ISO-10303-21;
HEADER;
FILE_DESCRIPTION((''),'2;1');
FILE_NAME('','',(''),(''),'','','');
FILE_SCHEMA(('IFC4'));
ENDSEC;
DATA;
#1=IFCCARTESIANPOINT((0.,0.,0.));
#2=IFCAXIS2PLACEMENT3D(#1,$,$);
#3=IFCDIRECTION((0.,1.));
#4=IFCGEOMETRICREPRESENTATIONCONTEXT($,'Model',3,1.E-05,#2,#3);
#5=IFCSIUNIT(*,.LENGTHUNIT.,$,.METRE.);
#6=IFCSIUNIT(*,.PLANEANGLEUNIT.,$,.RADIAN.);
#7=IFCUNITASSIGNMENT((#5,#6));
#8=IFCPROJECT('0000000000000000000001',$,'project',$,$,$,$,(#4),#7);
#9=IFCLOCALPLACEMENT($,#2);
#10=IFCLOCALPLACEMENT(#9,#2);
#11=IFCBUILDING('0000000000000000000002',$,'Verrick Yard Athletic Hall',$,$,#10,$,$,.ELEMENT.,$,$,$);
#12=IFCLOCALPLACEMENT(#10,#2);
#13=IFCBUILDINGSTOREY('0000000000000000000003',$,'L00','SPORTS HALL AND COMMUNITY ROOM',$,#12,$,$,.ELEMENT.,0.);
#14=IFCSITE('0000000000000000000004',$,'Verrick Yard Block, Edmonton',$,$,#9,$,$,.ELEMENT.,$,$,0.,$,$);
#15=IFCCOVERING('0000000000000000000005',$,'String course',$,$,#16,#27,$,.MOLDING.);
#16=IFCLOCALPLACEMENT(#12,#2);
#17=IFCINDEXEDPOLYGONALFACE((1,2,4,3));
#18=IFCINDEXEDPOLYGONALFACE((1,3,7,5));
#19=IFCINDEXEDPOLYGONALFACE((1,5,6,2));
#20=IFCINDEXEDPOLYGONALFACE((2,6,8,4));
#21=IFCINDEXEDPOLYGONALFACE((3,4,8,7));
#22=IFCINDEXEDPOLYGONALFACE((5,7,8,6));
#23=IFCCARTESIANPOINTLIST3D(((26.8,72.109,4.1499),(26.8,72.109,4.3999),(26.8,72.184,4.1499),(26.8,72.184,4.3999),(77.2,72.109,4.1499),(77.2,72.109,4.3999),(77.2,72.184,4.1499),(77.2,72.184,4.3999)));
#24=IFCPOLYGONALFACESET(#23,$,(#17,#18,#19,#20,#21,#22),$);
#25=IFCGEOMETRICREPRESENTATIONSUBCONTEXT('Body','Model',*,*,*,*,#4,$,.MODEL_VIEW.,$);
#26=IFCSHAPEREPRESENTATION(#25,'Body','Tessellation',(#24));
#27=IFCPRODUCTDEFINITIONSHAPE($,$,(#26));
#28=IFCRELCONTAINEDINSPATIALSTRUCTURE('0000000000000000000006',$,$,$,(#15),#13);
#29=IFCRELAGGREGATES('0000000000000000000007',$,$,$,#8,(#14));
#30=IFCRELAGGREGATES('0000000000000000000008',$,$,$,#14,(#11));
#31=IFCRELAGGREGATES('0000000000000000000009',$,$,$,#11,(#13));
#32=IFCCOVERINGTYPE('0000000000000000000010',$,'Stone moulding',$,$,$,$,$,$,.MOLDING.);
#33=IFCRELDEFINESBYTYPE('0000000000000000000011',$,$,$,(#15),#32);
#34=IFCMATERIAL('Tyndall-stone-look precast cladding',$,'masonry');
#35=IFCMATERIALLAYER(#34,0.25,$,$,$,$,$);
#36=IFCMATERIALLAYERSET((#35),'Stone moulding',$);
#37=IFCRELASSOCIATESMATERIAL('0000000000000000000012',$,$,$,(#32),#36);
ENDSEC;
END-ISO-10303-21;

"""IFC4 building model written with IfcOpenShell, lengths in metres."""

from ifc_helpers import new_model, si_unit, direction, frame, origin, origin_2d, place, context, subcontext, project, spatial, rectangle, extrude, material, layer, layer_set, type_object, element, save


model = new_model("IFC4")

# Units and contexts
model_context = context("Model", 3, precision=1e-05, world=origin(), true_north=direction((0.0, 1.0)))
body_context = subcontext(model_context, "Body", "Model", "MODEL_VIEW")
ifc_project = project(units=[si_unit("LENGTHUNIT", "METRE"), si_unit("PLANEANGLEUNIT", "RADIAN")], contexts=[model_context])

# Site, building, storey
site_placement = place(None, origin())
site = spatial("IfcSite", under=ifc_project, at=site_placement, Name="Verrick Yard Block, Edmonton", CompositionType="ELEMENT", RefElevation=0.0)
building_placement = place(site_placement, origin())
building = spatial("IfcBuilding", under=site, at=building_placement, Name="Verrick Yard Athletic Hall", CompositionType="ELEMENT")
storey_placement = place(building_placement, origin())
storey = spatial("IfcBuildingStorey", under=building, at=storey_placement, Name="L00", Description="SPORTS HALL AND COMMUNITY ROOM", CompositionType="ELEMENT", Elevation=0.0)

# Covering
ifc_material_1 = material(Name="Tyndall-stone-look precast cladding", Category="masonry")
ifc_layer_1 = layer(ifc_material_1, 0.25)
ifc_layer_set_1 = layer_set([ifc_layer_1], Name="Stone moulding")
covering_type_1 = type_object("IfcCoveringType", Name="Stone moulding", PredefinedType="MOLDING", material=ifc_layer_set_1)
covering_1_placement = place(storey_placement, frame((52.0, 72.1465, 4.1499), z_axis=(0.0, 0.0, 1.0), x_axis=(1.0, 0.0, 0.0)))
element("IfcCovering", 1, at=covering_1_placement, inside=storey, type_object=covering_type_1, Name="String course", PredefinedType="MOLDING", context=body_context, shape_type="SweptSolid", body=[
    extrude(rectangle(XDim=50.3999, YDim=0.075, at=origin_2d()), origin(), (0.0, 0.0, 1.0), 0.25),
])

save(model, "model.ifc")
